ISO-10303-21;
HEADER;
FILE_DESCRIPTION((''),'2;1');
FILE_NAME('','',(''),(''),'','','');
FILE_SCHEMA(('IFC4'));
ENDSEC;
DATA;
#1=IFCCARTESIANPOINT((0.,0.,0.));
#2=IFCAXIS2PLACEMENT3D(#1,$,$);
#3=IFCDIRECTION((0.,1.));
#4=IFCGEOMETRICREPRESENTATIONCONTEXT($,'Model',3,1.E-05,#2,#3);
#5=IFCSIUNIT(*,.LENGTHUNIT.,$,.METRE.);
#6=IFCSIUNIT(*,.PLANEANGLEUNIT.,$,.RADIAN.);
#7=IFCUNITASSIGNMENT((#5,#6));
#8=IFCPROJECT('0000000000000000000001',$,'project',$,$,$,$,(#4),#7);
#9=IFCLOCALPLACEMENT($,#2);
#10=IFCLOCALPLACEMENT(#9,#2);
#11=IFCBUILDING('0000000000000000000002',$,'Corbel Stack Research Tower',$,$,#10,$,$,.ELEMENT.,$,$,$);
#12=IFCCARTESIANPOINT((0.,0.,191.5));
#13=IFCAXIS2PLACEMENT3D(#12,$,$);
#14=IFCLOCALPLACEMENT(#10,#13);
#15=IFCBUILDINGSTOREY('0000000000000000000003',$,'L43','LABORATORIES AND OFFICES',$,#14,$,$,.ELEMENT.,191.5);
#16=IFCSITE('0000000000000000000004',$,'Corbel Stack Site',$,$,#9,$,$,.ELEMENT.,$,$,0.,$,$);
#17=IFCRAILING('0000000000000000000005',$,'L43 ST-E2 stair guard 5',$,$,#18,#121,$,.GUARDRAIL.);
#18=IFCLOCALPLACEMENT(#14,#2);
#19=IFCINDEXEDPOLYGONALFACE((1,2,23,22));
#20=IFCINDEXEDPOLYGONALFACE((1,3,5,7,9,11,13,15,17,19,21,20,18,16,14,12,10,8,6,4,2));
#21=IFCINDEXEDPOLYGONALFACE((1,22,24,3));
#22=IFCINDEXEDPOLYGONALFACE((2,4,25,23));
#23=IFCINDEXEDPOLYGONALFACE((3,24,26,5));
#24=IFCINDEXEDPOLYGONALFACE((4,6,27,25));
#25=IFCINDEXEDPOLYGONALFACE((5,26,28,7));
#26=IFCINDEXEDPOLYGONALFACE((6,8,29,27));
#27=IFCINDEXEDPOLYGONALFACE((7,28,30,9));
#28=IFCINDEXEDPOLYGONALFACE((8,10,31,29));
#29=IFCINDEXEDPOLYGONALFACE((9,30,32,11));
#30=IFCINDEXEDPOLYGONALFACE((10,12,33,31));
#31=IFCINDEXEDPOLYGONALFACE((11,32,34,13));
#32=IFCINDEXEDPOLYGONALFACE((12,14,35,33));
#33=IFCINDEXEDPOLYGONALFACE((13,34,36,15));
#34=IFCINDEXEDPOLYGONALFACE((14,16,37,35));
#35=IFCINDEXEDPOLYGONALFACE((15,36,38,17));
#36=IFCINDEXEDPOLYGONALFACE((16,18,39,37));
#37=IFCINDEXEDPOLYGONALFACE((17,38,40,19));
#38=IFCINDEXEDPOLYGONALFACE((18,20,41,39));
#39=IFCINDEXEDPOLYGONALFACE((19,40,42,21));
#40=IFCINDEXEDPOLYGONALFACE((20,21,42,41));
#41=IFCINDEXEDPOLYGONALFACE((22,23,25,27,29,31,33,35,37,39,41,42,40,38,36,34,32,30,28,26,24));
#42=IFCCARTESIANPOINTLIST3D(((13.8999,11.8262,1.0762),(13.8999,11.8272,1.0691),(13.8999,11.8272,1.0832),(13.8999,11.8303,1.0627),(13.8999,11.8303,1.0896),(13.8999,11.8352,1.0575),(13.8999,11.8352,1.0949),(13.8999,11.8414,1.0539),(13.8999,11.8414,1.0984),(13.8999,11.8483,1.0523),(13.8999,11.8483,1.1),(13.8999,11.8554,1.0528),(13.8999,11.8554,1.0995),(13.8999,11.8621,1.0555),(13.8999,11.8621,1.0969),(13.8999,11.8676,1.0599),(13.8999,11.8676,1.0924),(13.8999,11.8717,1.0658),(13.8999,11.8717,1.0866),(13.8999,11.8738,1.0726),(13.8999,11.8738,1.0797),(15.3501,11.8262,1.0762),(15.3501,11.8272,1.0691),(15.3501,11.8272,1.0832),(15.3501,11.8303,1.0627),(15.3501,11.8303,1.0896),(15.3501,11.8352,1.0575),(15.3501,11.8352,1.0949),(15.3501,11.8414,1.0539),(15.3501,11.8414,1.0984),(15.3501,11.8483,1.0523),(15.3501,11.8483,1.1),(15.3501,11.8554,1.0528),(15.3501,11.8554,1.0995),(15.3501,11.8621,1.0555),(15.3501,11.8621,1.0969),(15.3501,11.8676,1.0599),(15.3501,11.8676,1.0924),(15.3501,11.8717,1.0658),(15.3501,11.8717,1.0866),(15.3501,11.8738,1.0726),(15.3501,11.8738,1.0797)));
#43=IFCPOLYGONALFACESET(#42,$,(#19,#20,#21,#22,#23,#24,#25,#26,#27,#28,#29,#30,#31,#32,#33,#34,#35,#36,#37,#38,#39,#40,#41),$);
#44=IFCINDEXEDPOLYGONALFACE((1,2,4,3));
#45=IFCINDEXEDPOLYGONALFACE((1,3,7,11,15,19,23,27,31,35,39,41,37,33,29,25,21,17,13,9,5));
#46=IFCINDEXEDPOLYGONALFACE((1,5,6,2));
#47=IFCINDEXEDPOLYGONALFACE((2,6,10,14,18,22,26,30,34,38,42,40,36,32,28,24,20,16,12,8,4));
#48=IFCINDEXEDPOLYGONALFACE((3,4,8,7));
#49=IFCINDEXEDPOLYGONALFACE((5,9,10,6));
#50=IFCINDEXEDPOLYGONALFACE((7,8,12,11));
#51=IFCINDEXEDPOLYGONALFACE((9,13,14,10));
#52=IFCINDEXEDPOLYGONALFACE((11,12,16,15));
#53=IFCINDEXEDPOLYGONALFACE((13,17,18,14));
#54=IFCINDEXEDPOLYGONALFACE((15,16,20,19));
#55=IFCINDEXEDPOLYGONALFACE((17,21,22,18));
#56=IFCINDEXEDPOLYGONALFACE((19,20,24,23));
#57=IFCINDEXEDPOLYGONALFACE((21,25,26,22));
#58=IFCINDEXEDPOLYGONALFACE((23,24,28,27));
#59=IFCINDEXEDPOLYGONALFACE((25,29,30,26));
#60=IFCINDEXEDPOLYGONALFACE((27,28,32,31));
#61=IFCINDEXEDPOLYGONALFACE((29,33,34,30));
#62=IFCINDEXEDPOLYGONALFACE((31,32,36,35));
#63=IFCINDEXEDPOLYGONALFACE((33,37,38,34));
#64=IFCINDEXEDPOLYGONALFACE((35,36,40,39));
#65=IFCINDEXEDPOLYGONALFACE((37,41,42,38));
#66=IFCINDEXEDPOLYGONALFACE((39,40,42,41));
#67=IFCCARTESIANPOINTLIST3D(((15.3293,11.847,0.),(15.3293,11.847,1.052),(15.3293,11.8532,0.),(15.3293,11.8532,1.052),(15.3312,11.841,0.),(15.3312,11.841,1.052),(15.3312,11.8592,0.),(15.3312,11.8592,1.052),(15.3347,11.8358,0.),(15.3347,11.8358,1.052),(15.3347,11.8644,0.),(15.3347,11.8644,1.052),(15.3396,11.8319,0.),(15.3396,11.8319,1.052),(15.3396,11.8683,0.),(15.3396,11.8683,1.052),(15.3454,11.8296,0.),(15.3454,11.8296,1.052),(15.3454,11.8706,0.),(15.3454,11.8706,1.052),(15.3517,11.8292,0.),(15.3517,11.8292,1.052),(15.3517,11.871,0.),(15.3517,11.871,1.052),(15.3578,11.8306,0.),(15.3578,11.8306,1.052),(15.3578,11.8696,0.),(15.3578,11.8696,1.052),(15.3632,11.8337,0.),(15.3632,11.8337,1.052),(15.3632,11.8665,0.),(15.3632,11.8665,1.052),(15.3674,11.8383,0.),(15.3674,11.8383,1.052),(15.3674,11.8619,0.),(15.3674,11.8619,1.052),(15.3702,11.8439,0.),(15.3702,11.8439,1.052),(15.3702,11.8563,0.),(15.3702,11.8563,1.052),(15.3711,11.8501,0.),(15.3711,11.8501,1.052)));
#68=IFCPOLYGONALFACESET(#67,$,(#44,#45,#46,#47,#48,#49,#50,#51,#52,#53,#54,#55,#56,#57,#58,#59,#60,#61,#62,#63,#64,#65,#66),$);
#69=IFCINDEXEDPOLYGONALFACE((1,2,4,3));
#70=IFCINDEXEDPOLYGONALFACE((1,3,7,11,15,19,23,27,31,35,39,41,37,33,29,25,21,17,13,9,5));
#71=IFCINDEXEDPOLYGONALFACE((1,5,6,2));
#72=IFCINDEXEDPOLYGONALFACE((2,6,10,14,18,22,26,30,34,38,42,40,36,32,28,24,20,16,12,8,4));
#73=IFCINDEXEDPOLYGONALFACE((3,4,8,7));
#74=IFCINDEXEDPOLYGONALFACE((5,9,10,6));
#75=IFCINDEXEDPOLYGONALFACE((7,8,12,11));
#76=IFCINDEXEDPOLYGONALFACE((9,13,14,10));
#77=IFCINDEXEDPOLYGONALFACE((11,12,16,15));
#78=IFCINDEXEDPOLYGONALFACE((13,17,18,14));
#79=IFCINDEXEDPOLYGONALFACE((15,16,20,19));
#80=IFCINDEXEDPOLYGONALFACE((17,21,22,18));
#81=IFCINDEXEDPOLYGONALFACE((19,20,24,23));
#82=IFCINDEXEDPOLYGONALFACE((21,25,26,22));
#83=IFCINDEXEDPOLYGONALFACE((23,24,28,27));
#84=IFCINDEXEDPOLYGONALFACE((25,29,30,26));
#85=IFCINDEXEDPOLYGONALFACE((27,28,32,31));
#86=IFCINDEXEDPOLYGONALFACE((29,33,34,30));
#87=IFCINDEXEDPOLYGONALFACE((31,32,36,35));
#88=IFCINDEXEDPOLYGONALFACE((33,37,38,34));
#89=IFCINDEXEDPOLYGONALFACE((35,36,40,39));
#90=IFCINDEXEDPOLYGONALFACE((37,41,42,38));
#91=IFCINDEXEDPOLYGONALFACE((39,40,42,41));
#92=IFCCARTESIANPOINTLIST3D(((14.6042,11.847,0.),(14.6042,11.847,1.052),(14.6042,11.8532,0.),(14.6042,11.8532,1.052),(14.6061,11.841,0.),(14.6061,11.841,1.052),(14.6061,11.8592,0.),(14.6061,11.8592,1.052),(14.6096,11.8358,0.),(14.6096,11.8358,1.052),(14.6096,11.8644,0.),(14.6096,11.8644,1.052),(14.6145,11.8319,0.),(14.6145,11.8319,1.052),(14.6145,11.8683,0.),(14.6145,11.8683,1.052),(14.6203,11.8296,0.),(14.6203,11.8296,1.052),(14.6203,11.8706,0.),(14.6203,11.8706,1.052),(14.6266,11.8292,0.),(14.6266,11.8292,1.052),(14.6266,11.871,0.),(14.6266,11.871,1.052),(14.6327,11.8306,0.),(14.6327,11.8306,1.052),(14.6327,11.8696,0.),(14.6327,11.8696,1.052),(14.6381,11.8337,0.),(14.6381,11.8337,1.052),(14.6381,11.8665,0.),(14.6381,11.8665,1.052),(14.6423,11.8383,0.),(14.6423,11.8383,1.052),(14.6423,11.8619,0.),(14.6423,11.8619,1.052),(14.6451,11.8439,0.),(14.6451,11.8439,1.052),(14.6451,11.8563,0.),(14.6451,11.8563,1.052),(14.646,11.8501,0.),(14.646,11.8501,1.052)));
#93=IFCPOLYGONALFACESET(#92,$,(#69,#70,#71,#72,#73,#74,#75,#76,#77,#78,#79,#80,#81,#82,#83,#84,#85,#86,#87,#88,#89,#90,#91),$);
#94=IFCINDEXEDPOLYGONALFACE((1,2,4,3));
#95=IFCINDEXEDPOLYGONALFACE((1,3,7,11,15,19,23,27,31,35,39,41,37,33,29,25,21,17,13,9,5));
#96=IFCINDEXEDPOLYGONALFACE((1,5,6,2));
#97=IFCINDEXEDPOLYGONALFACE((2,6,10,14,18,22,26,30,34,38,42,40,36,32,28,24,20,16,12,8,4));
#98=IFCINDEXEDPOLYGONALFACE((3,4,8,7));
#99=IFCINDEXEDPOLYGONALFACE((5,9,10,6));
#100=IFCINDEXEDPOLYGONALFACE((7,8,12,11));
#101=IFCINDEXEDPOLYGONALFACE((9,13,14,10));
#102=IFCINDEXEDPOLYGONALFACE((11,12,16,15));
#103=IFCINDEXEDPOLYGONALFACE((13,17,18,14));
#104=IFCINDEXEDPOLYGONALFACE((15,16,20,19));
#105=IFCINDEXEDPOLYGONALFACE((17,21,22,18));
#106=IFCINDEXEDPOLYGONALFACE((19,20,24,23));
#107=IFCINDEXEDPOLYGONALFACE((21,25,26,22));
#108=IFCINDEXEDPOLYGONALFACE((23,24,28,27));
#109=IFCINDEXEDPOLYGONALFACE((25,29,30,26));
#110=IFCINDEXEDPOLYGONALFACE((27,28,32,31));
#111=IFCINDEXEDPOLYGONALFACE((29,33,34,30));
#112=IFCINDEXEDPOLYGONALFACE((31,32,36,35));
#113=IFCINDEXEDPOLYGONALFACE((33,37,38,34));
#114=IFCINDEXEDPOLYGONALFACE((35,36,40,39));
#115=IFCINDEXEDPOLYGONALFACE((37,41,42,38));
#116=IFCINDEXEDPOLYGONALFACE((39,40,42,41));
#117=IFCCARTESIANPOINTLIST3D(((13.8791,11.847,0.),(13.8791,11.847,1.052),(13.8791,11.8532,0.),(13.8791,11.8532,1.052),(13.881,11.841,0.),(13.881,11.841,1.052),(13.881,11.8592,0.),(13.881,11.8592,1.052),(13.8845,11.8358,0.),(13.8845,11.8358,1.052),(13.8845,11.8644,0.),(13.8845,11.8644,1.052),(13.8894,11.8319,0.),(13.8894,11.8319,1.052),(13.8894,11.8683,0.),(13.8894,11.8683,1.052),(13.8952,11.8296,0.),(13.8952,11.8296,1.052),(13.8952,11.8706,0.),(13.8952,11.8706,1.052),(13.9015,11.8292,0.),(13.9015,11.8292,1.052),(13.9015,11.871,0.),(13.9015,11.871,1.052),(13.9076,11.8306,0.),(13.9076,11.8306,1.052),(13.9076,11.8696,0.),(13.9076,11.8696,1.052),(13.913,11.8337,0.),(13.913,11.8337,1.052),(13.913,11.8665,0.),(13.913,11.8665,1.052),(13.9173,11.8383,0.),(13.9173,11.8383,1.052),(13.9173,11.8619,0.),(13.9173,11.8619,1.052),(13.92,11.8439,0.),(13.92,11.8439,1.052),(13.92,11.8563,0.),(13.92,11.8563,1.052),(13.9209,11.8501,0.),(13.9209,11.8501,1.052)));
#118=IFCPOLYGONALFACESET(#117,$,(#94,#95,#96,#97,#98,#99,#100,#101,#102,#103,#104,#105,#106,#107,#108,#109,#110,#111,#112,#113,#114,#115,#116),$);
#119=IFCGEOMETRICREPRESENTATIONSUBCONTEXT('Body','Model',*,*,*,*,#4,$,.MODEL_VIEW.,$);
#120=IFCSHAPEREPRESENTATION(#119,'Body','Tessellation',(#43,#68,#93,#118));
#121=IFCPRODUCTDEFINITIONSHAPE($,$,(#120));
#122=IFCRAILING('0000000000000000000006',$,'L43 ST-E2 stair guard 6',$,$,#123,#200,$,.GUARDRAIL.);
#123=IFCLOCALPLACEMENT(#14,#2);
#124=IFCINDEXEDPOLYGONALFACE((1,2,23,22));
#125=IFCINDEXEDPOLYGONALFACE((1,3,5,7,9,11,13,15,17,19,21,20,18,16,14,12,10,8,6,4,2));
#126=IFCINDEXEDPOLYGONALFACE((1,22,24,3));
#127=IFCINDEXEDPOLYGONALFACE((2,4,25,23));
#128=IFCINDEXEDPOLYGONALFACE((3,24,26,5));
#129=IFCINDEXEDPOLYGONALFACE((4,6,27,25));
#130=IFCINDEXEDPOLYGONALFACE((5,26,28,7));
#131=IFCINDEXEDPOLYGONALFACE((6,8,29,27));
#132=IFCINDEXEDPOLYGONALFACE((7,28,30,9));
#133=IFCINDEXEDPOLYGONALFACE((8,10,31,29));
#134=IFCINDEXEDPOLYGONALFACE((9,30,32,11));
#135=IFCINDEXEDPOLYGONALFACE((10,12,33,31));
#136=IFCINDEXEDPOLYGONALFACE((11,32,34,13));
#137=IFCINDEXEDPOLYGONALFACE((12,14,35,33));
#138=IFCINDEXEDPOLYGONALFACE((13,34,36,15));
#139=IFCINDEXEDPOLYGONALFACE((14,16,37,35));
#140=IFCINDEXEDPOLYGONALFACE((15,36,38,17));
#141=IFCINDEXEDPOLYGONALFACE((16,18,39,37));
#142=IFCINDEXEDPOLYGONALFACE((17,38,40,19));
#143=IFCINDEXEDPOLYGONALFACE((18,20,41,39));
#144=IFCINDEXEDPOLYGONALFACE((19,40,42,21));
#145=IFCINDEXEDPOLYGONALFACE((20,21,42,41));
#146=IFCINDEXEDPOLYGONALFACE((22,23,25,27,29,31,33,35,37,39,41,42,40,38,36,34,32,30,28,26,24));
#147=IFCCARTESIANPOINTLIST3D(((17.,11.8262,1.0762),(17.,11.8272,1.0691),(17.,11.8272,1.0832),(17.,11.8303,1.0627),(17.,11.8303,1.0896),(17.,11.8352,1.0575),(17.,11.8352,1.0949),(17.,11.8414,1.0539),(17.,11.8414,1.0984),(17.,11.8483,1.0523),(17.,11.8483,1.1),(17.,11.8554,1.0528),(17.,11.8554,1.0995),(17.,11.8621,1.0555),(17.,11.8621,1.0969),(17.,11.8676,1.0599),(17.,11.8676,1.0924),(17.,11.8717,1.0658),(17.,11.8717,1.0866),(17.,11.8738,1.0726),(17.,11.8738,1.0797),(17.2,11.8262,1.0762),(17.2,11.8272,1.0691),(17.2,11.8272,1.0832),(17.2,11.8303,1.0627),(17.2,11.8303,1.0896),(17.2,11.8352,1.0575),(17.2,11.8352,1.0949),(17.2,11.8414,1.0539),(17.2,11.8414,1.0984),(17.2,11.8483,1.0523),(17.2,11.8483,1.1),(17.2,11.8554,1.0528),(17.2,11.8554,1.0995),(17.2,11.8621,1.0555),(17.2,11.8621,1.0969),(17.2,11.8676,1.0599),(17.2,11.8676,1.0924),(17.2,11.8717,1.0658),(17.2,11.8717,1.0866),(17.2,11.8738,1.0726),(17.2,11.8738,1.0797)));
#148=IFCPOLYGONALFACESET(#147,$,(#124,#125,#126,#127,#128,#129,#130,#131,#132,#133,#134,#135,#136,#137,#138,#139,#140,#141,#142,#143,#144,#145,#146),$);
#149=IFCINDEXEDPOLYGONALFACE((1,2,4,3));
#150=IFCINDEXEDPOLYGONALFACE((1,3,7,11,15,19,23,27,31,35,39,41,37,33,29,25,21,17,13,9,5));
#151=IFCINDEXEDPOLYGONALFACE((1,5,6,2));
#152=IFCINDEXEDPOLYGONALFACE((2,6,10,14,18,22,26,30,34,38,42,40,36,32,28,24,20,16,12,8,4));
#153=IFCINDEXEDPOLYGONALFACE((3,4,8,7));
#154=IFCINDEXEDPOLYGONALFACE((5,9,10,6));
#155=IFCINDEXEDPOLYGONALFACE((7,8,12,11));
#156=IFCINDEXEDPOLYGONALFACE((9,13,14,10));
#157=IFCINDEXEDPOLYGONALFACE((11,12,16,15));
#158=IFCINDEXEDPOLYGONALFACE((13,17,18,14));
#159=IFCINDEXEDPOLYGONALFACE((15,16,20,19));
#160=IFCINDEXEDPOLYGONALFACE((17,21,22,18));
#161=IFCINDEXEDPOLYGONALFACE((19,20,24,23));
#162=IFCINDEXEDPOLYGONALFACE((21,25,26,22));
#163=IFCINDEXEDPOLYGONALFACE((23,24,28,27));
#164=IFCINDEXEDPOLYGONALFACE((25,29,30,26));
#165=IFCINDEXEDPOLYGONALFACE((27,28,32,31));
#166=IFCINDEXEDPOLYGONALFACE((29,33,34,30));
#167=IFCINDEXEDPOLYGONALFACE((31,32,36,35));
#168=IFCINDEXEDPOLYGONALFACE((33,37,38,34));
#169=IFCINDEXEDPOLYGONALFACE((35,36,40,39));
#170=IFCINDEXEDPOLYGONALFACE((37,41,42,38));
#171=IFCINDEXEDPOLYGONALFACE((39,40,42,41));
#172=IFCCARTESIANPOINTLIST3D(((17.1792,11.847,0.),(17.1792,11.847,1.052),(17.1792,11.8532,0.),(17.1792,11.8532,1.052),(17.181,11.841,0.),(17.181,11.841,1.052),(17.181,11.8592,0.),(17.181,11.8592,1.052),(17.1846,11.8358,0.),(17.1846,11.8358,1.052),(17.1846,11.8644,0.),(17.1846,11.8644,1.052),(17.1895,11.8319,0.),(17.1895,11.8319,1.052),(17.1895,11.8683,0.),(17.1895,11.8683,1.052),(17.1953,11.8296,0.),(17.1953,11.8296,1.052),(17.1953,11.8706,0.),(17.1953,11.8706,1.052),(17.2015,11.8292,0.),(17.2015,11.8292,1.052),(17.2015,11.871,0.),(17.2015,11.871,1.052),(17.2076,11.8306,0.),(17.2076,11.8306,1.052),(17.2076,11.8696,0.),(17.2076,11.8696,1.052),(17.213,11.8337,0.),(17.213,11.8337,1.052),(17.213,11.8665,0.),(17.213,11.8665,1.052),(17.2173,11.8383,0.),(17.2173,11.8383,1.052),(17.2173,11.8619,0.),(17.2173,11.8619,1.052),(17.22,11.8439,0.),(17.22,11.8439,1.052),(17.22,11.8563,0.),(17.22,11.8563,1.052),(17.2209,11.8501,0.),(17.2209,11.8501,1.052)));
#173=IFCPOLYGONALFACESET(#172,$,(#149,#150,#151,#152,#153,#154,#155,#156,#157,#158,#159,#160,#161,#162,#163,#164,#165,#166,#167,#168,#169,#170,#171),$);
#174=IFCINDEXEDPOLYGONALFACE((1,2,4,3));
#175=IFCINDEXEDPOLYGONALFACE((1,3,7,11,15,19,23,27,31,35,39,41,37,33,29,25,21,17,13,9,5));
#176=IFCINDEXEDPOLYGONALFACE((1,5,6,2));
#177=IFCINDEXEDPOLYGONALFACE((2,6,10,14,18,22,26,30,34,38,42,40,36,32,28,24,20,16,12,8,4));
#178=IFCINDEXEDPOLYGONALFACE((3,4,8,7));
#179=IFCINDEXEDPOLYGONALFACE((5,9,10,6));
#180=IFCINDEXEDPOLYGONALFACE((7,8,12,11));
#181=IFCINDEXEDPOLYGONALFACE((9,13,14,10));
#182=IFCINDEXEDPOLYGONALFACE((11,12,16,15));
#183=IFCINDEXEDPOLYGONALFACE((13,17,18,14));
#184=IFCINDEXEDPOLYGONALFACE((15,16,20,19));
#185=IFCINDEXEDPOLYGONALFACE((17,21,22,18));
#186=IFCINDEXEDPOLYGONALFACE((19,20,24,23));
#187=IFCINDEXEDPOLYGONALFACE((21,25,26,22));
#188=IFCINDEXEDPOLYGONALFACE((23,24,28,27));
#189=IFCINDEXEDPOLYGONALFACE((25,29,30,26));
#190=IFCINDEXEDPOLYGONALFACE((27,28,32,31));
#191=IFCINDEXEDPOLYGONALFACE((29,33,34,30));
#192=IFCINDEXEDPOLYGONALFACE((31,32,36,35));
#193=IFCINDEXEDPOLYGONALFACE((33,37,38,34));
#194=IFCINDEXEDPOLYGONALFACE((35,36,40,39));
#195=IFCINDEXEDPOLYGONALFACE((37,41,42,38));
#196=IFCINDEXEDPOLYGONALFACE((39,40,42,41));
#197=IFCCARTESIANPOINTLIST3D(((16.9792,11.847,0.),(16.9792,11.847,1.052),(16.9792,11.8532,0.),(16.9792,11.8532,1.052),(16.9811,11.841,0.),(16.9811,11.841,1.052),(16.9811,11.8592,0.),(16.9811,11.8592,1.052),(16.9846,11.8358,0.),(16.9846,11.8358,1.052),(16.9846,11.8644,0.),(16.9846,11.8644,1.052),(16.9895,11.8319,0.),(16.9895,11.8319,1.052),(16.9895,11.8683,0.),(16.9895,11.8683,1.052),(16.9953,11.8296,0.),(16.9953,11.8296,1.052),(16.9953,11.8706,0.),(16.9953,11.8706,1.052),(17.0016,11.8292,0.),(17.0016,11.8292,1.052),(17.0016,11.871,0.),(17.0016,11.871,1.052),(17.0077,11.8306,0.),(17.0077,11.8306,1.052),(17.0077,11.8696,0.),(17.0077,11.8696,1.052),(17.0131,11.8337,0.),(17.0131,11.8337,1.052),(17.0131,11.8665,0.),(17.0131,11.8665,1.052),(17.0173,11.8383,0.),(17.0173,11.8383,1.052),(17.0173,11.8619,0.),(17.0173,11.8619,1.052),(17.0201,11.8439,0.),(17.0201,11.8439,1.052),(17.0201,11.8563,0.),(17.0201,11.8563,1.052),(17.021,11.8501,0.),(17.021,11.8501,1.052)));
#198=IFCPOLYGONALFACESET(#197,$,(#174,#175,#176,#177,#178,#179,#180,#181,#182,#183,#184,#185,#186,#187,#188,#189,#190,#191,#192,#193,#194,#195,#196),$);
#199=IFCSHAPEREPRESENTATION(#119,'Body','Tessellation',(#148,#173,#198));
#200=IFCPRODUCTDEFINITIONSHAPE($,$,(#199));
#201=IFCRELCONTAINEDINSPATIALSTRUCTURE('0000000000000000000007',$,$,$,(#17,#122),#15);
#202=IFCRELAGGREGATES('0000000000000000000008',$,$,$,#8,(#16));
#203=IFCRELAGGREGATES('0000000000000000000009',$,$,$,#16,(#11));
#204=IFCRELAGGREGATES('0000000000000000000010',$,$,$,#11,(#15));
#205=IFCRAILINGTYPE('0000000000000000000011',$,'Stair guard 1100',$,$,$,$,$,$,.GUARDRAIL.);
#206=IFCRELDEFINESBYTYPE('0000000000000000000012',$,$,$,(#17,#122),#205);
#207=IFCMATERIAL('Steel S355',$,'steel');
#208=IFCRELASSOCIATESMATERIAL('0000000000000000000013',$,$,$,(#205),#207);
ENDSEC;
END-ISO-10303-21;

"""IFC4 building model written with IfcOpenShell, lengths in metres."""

from ifc_helpers import new_model, si_unit, direction, frame, origin, origin_2d, place, context, subcontext, project, spatial, circle, extrude, material, type_object, element, save


model = new_model("IFC4")

# Units and contexts
model_context = context("Model", 3, precision=1e-05, world=origin(), true_north=direction((0.0, 1.0)))
body_context = subcontext(model_context, "Body", "Model", "MODEL_VIEW")
ifc_project = project(units=[si_unit("LENGTHUNIT", "METRE"), si_unit("PLANEANGLEUNIT", "RADIAN")], contexts=[model_context])

# Site, building, storey
site_placement = place(None, origin())
site = spatial("IfcSite", under=ifc_project, at=site_placement, Name="Corbel Stack Site", CompositionType="ELEMENT", RefElevation=0.0)
building_placement = place(site_placement, origin())
building = spatial("IfcBuilding", under=site, at=building_placement, Name="Corbel Stack Research Tower", CompositionType="ELEMENT")
storey_placement = place(building_placement, frame((0.0, 0.0, 191.5)))
storey = spatial("IfcBuildingStorey", under=building, at=storey_placement, Name="L43", Description="LABORATORIES AND OFFICES", CompositionType="ELEMENT", Elevation=191.5)

# Railings
ifc_material_1 = material(Name="Steel S355", Category="steel")
railing_type_1 = type_object("IfcRailingType", Name="Stair guard 1100", PredefinedType="GUARDRAIL", material=ifc_material_1)
railing_1_placement = place(storey_placement, frame((15.3501, 11.8501, 0.0)))
element("IfcRailing", 1, at=railing_1_placement, inside=storey, type_object=railing_type_1, Name="L43 ST-E2 stair guard 5", PredefinedType="GUARDRAIL", context=body_context, shape_type="SweptSolid", body=[
    extrude(circle(Radius=0.0239, at=origin_2d()), frame((0.0, 0.0, 1.0762), z_axis=(-1.0, 0.0, 0.0), x_axis=(0.0, -1.0, 0.0)), (0.0, 0.0, 1.0), 1.4502),
    extrude(circle(Radius=0.021, at=origin_2d()), origin(), (0.0, 0.0, 1.0), 1.052),
    extrude(circle(Radius=0.021, at=origin_2d()), frame((-0.7251, 0.0, 0.0)), (0.0, 0.0, 1.0), 1.052),
    extrude(circle(Radius=0.021, at=origin_2d()), frame((-1.4502, 0.0, 0.0)), (0.0, 0.0, 1.0), 1.052),
])
railing_2_placement = place(storey_placement, frame((17.2, 11.8501, 0.0)))
element("IfcRailing", 2, at=railing_2_placement, inside=storey, type_object=railing_type_1, Name="L43 ST-E2 stair guard 6", PredefinedType="GUARDRAIL", context=body_context, shape_type="SweptSolid", body=[
    extrude(circle(Radius=0.0239, at=origin_2d()), frame((0.0, 0.0, 1.0762), z_axis=(-1.0, 0.0, 0.0), x_axis=(0.0, -1.0, 0.0)), (0.0, 0.0, 1.0), 0.2),
    extrude(circle(Radius=0.021, at=origin_2d()), origin(), (0.0, 0.0, 1.0), 1.052),
    extrude(circle(Radius=0.021, at=origin_2d()), frame((-0.2, 0.0, 0.0)), (0.0, 0.0, 1.0), 1.052),
])

save(model, "model.ifc")
